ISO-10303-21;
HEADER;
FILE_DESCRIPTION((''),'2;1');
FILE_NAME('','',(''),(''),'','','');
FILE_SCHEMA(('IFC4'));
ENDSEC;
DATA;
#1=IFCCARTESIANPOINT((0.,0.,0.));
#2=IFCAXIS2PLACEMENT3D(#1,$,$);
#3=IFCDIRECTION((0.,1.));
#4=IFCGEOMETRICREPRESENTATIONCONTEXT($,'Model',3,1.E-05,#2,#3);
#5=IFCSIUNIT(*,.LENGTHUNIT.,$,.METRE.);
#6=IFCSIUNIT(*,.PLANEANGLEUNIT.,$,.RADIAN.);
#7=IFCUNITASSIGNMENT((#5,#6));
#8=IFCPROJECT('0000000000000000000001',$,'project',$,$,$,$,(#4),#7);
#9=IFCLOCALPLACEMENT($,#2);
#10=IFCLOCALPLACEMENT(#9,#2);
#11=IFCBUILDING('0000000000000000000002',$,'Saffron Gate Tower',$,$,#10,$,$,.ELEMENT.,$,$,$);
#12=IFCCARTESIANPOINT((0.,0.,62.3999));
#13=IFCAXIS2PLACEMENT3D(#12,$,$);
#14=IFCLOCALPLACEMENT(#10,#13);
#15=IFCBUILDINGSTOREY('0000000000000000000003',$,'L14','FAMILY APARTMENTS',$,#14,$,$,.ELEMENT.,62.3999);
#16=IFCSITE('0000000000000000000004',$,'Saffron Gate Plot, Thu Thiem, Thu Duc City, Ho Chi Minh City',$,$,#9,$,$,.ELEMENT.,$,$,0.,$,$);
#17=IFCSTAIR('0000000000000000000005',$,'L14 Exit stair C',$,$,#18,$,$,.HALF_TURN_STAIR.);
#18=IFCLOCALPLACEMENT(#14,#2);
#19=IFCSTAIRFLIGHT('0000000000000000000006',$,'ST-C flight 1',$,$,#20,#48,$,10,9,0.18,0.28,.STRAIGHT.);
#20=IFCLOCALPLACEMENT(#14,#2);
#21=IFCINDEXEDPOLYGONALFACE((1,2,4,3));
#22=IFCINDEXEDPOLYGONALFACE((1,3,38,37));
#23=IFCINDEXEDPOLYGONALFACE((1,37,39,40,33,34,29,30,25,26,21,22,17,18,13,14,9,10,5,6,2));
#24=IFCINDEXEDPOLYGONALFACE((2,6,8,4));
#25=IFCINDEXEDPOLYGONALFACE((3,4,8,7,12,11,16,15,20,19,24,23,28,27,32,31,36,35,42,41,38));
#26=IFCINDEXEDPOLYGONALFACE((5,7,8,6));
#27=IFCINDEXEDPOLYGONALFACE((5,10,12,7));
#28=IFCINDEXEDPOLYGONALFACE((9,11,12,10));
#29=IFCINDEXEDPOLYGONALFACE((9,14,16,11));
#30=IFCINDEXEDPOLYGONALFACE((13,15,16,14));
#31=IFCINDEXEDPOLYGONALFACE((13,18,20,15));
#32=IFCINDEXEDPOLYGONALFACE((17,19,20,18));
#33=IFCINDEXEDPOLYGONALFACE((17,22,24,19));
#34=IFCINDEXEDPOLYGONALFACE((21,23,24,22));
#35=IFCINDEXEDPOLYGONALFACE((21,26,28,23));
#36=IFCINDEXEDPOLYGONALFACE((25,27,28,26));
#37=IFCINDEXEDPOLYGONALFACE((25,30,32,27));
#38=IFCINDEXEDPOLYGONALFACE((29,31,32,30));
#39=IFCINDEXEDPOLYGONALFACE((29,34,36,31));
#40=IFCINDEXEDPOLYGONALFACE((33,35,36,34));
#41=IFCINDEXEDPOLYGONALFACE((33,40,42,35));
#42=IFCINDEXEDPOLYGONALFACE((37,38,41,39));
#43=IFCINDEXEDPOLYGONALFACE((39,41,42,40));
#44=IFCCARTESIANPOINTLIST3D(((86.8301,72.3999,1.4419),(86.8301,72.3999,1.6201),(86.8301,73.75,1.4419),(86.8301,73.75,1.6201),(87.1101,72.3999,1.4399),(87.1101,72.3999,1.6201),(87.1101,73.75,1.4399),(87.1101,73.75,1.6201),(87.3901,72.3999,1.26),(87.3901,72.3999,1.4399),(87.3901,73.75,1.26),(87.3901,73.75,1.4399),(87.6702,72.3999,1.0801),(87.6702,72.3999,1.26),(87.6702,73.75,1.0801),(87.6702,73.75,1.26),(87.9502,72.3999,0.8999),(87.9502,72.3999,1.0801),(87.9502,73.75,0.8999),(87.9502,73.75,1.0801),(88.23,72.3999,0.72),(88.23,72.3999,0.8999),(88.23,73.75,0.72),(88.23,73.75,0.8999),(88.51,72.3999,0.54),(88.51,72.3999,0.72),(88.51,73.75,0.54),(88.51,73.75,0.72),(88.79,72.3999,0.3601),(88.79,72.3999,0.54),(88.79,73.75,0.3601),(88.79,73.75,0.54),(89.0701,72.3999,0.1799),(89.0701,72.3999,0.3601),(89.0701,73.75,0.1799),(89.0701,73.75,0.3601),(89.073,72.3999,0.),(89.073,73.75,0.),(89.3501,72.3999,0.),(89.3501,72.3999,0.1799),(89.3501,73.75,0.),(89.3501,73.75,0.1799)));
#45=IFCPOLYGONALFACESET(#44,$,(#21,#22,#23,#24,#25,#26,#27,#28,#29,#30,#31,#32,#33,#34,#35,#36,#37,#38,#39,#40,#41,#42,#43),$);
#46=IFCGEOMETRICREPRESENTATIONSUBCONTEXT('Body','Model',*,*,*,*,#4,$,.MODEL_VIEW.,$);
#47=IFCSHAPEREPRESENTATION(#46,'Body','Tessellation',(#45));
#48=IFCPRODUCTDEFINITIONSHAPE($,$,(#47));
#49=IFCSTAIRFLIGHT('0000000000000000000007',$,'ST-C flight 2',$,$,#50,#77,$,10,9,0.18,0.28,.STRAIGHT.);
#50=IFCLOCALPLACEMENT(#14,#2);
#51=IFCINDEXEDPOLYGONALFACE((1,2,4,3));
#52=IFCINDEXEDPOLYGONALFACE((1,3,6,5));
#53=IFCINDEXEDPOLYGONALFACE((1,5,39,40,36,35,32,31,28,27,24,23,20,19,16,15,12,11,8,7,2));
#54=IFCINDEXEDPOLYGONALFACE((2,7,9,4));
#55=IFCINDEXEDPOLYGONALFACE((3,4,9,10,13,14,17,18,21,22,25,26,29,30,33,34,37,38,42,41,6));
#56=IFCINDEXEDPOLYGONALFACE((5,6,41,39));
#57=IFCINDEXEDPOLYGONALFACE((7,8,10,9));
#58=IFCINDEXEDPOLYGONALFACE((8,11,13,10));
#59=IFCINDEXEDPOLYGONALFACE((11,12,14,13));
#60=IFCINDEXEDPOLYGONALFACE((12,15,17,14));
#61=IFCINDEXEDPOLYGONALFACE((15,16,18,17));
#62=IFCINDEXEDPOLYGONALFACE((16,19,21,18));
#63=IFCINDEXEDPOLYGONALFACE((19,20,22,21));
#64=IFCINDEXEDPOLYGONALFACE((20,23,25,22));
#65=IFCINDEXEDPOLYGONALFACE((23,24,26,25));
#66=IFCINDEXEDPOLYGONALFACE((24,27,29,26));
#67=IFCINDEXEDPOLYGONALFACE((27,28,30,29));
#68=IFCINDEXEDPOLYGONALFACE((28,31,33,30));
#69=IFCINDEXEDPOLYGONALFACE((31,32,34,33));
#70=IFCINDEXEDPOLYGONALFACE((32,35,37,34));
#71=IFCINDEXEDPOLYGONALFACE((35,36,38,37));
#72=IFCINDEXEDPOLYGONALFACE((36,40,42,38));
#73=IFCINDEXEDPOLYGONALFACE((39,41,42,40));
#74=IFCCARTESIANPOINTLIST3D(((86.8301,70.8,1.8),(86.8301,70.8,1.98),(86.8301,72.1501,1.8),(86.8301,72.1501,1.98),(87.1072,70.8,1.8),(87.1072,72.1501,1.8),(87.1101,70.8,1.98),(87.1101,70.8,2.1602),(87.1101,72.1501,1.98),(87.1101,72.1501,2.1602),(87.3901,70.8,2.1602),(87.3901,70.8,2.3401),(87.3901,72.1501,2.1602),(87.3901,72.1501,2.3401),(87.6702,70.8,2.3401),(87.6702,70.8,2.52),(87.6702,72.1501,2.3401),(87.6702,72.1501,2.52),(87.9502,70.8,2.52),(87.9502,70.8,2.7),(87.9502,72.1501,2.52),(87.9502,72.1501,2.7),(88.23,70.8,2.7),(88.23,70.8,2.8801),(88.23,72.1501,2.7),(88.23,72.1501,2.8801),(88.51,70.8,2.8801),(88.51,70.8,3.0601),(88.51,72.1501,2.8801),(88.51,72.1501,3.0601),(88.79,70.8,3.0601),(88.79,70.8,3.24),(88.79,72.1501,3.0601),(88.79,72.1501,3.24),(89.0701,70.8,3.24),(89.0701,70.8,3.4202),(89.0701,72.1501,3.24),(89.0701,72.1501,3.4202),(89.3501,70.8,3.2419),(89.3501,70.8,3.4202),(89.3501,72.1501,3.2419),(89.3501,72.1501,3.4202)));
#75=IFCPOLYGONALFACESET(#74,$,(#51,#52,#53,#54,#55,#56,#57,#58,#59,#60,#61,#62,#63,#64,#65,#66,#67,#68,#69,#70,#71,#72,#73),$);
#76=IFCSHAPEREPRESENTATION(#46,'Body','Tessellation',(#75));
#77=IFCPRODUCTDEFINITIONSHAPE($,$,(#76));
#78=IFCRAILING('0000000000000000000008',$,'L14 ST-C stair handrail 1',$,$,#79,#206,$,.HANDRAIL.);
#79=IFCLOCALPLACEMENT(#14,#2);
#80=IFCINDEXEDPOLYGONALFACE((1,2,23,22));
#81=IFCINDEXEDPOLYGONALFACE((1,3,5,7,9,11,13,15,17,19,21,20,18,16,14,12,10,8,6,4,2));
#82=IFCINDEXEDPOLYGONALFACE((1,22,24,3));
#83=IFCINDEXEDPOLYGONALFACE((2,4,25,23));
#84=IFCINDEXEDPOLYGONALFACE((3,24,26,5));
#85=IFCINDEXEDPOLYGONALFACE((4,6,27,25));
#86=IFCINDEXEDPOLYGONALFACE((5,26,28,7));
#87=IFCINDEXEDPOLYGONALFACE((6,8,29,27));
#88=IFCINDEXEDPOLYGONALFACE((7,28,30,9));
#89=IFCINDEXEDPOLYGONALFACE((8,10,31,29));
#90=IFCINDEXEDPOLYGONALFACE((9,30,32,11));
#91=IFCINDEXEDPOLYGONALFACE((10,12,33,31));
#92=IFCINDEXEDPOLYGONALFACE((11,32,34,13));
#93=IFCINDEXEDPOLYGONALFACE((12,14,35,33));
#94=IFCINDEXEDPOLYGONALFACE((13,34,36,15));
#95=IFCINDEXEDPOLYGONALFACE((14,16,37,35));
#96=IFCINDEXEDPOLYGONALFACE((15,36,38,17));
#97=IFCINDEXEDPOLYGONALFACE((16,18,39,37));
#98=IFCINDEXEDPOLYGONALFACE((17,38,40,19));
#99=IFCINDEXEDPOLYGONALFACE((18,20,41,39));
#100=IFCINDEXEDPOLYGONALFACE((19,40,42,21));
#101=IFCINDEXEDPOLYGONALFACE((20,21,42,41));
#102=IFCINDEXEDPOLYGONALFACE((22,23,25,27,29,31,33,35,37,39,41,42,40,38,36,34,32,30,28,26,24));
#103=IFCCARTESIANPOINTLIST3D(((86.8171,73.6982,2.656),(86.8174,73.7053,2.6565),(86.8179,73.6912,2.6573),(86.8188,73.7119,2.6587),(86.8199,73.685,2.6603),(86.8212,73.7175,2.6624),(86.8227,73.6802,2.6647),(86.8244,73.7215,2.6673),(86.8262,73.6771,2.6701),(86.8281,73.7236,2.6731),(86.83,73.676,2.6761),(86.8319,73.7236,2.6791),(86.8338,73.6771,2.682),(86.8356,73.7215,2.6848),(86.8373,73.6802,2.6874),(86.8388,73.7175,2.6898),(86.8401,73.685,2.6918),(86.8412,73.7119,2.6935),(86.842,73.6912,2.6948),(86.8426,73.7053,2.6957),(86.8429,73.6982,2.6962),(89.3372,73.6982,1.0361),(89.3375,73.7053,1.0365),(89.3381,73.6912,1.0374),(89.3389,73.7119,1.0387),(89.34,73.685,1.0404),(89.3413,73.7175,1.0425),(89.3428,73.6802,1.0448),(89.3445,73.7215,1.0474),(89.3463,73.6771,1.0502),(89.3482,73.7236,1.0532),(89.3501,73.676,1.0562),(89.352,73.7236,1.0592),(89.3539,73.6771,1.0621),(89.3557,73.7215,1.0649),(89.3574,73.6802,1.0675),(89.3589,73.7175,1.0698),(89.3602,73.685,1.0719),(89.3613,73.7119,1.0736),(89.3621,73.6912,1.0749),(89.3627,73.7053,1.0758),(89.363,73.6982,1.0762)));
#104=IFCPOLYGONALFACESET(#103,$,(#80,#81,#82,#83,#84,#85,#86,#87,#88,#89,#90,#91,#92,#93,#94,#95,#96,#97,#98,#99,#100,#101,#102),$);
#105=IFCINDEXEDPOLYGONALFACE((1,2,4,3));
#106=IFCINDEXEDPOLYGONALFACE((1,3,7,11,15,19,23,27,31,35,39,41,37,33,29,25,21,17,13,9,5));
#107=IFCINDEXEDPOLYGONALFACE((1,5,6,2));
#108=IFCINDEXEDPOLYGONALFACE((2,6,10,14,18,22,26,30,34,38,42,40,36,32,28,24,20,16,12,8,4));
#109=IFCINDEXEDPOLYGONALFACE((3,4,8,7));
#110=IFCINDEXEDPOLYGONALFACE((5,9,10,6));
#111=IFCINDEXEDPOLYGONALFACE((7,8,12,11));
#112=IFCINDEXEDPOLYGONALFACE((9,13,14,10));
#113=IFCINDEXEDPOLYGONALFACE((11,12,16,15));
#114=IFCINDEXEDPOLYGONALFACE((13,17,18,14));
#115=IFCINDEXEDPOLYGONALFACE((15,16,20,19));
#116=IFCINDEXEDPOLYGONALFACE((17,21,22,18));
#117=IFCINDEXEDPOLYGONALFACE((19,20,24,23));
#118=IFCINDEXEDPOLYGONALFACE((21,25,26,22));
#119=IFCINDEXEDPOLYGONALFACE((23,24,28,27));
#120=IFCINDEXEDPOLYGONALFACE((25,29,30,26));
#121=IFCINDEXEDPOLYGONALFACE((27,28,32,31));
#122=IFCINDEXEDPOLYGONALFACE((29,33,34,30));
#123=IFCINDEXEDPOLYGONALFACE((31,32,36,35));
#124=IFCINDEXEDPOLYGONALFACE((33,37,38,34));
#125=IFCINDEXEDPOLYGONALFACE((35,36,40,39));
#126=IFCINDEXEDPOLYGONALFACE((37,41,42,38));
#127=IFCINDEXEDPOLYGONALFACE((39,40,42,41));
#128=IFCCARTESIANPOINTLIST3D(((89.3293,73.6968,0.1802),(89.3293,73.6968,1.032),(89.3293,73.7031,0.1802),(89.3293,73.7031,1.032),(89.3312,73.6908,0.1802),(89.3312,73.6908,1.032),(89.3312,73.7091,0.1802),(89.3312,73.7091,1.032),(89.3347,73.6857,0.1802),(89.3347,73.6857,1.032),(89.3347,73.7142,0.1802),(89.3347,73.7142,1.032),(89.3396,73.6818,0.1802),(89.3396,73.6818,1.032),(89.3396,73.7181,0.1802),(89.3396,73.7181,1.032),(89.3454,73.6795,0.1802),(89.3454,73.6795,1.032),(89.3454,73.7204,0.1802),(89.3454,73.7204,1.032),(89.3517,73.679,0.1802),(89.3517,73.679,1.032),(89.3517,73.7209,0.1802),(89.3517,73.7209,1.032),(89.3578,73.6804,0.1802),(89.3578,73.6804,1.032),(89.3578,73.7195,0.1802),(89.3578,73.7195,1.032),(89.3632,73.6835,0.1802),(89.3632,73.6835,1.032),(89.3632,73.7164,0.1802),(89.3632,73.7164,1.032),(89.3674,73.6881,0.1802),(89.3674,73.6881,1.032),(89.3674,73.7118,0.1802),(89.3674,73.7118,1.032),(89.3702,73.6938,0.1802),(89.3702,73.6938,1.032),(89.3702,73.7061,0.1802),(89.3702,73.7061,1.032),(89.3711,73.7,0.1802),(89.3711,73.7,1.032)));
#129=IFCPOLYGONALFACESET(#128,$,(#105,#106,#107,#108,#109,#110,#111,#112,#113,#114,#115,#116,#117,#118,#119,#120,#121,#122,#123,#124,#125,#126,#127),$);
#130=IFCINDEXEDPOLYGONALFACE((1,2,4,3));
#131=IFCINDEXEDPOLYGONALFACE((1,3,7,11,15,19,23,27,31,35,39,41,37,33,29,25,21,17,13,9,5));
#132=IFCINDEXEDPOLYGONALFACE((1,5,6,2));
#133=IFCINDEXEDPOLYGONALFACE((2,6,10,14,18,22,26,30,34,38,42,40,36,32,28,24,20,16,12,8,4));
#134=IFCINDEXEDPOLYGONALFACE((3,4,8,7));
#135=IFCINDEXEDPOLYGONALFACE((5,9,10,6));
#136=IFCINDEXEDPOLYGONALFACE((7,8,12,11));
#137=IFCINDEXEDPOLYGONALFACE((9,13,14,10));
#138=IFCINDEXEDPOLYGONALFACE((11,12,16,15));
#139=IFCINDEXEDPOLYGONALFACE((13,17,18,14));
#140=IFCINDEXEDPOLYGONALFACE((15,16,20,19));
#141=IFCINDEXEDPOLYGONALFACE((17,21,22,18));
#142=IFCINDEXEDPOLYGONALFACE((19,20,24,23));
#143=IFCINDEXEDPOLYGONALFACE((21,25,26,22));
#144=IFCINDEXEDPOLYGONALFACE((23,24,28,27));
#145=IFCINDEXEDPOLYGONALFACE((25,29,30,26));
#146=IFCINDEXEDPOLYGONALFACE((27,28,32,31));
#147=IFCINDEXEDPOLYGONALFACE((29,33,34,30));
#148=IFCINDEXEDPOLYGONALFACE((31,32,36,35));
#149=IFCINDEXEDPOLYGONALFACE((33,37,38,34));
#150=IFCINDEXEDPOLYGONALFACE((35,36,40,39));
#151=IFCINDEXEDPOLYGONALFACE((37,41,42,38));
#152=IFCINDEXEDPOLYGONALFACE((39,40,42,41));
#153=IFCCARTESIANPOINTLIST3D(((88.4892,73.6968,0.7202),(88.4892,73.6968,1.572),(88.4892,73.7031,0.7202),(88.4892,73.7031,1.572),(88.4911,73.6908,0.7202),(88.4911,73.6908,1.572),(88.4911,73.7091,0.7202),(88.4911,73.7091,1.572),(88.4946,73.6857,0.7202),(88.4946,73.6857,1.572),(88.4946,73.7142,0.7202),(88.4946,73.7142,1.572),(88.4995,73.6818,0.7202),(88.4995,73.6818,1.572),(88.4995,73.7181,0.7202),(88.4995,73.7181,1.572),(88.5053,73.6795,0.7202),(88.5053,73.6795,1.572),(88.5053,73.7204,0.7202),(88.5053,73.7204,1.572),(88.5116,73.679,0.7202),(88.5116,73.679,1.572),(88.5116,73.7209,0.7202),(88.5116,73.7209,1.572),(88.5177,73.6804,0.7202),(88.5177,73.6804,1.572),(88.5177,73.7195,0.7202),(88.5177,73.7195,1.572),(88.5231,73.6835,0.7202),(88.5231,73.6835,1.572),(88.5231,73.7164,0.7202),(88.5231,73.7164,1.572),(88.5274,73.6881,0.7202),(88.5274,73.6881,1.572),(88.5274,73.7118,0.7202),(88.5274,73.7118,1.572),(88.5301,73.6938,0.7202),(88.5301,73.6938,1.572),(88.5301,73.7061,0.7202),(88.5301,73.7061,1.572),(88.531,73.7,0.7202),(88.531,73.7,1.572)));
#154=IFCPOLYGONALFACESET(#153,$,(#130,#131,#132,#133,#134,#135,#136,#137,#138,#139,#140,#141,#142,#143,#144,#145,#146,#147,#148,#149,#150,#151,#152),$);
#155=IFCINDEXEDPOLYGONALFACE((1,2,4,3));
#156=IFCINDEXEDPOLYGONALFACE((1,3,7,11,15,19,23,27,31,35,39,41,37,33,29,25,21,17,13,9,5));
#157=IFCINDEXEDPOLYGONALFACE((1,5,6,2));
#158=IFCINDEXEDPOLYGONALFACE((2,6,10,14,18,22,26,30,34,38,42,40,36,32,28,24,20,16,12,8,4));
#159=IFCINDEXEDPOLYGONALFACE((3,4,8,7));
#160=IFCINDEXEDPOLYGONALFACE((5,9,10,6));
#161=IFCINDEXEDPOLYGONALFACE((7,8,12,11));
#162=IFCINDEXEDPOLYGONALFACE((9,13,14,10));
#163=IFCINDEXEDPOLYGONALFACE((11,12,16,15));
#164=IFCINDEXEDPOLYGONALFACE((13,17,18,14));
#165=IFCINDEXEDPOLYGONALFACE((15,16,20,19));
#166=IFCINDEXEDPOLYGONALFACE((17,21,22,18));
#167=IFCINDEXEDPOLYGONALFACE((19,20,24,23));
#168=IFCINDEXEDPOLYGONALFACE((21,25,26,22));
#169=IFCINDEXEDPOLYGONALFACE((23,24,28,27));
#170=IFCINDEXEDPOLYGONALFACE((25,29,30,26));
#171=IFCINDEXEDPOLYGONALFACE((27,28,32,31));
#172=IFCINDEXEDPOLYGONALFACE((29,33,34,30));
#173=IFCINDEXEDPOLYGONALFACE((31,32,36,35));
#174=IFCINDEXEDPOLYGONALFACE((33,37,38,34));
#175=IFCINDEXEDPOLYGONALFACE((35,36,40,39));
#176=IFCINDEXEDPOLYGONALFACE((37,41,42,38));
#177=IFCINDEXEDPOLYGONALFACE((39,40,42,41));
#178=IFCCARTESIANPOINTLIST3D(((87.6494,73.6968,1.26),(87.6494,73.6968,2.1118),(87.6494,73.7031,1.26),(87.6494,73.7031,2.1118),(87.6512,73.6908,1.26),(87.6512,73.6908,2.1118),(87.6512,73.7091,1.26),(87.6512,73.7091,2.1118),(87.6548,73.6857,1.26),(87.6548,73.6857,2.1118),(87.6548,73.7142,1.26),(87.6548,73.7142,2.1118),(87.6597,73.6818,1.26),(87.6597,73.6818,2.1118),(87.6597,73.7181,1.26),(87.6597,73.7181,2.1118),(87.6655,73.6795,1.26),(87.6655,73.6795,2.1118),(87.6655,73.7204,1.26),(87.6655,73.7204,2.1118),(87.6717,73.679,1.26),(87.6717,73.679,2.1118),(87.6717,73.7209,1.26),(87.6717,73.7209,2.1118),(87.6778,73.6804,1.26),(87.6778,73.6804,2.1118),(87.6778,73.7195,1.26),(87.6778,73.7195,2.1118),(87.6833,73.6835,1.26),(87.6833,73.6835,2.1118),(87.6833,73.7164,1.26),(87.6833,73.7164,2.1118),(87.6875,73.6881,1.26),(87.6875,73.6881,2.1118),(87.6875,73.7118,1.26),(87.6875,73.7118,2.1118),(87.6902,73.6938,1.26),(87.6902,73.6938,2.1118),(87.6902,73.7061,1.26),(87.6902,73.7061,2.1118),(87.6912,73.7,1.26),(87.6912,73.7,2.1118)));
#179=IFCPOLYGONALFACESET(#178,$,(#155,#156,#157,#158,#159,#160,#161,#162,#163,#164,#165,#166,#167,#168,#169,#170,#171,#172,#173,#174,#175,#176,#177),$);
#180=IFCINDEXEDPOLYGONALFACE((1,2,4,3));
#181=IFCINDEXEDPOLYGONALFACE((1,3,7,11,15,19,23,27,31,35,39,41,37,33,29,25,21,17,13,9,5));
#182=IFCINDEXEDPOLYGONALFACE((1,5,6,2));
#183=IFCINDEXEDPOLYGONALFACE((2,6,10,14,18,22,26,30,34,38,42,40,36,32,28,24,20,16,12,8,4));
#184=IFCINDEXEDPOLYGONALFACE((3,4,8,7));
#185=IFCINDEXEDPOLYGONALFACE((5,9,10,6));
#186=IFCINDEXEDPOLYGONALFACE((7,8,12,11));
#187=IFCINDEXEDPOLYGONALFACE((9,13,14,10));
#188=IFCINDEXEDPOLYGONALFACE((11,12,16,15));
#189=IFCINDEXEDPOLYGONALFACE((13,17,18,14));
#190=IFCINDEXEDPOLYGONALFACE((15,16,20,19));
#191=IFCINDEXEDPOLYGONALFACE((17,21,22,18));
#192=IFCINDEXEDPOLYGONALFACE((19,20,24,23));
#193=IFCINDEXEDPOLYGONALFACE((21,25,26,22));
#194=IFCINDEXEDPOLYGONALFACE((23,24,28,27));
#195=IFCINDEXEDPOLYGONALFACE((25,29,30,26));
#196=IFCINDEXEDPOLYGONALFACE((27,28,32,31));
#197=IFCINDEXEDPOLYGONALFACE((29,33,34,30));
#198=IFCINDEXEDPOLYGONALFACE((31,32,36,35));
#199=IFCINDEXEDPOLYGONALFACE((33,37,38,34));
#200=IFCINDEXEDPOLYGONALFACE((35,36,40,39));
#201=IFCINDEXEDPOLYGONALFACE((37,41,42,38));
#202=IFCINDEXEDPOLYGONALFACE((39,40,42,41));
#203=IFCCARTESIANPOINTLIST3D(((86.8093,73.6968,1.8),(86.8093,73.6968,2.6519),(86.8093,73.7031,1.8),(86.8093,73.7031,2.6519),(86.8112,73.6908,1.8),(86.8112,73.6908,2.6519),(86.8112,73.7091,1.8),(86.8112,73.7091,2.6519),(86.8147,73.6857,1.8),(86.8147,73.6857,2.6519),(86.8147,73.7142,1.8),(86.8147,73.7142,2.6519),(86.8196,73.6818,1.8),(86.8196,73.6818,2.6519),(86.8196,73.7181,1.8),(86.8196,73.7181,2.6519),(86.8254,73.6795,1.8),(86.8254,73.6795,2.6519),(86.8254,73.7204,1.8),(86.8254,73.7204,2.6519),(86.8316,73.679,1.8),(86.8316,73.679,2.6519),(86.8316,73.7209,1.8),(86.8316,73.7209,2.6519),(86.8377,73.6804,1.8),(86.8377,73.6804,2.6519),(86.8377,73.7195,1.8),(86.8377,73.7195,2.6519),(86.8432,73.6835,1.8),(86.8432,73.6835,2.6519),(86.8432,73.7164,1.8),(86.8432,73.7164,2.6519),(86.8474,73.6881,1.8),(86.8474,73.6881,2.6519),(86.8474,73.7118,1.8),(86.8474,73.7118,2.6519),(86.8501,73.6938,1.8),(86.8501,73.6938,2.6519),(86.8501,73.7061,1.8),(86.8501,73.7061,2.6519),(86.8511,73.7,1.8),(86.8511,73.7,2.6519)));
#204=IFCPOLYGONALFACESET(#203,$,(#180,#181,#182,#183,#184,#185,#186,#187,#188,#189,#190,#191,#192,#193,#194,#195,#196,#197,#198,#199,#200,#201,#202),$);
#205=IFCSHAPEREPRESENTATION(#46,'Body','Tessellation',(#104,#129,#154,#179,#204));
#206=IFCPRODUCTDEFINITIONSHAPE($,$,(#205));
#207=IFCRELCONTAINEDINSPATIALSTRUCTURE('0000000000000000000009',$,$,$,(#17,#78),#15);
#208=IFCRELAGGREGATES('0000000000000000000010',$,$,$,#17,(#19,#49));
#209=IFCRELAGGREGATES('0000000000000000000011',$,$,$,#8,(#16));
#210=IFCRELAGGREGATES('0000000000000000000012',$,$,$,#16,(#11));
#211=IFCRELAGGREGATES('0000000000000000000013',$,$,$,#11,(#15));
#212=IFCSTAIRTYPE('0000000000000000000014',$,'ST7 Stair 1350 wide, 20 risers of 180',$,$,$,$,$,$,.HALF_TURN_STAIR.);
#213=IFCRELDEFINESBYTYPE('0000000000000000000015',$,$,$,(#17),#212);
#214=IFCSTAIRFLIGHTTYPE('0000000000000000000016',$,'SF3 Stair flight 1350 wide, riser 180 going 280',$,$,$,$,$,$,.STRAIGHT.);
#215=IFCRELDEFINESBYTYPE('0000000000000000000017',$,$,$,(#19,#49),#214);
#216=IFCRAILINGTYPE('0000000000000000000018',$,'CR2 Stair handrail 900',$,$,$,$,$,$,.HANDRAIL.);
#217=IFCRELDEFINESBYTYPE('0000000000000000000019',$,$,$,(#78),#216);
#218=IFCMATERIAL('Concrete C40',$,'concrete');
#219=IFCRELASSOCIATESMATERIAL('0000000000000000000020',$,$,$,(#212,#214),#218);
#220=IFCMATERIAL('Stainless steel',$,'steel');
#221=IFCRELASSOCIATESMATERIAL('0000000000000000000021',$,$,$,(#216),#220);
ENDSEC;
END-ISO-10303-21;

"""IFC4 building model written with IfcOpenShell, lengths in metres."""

from ifc_helpers import new_model, si_unit, direction, frame, origin, origin_2d, place, context, subcontext, project, spatial, polyline, circle, outline, extrude, material, type_object, element, aggregate, save


model = new_model("IFC4")

# Units and contexts
model_context = context("Model", 3, precision=1e-05, world=origin(), true_north=direction((0.0, 1.0)))
body_context = subcontext(model_context, "Body", "Model", "MODEL_VIEW")
ifc_project = project(units=[si_unit("LENGTHUNIT", "METRE"), si_unit("PLANEANGLEUNIT", "RADIAN")], contexts=[model_context])

# Site, building, storey
site_placement = place(None, origin())
site = spatial("IfcSite", under=ifc_project, at=site_placement, Name="Saffron Gate Plot, Thu Thiem, Thu Duc City, Ho Chi Minh City", CompositionType="ELEMENT", RefElevation=0.0)
building_placement = place(site_placement, origin())
building = spatial("IfcBuilding", under=site, at=building_placement, Name="Saffron Gate Tower", CompositionType="ELEMENT")
storey_placement = place(building_placement, frame((0.0, 0.0, 62.3999)))
storey = spatial("IfcBuildingStorey", under=building, at=storey_placement, Name="L14", Description="FAMILY APARTMENTS", CompositionType="ELEMENT", Elevation=62.3999)

# Stair, stair flights
ifc_material_1 = material(Name="Concrete C40", Category="concrete")
stair_type = type_object("IfcStairType", Name="ST7 Stair 1350 wide, 20 risers of 180", PredefinedType="HALF_TURN_STAIR", material=ifc_material_1)
stair_placement = place(storey_placement, origin())
stair = element("IfcStair", 1, at=stair_placement, inside=storey, type_object=stair_type, Name="L14 Exit stair C", PredefinedType="HALF_TURN_STAIR")
stair_flight_type = type_object("IfcStairFlightType", Name="SF3 Stair flight 1350 wide, riser 180 going 280", PredefinedType="STRAIGHT", material=ifc_material_1)
stair_flight_1_placement = place(storey_placement, frame((89.3501, 73.075, 0.0), z_axis=(0.0, 0.0, 1.0), x_axis=(-1.0, 0.0, 0.0)))
stair_flight_1 = element("IfcStairFlight", 2, at=stair_flight_1_placement, type_object=stair_flight_type, Name="ST-C flight 1", NumberOfRisers=10, NumberOfTreads=9, PredefinedType="STRAIGHT", RiserHeight=0.18, TreadLength=0.28, context=body_context, shape_type="SweptSolid", body=[
    extrude(outline(polyline([(0.0, 0.0), (0.0, 0.1799), (0.28, 0.1799), (0.28, 0.3601), (0.5601, 0.3601), (0.5601, 0.54), (0.8401, 0.54), (0.8401, 0.72), (1.1201, 0.72), (1.1201, 0.8999), (1.3999, 0.8999), (1.3999, 1.0801), (1.6799, 1.0801), (1.6799, 1.26), (1.96, 1.26), (1.96, 1.4399), (2.24, 1.4399), (2.24, 1.6201), (2.52, 1.6201), (2.52, 1.8), (2.52, 1.4419), (0.2771, 0.0), (0.0, 0.0)])), frame((0.0, 0.675, 0.0), z_axis=(0.0, -1.0, 0.0), x_axis=(1.0, 0.0, 0.0)), (0.0, 0.0, 1.0), 1.3501),
])
stair_flight_2_placement = place(storey_placement, frame((86.8301, 71.4751, 1.8), z_axis=(0.0, 0.0, 1.0), x_axis=(1.0, 0.0, 0.0)))
stair_flight_2 = element("IfcStairFlight", 3, at=stair_flight_2_placement, type_object=stair_flight_type, Name="ST-C flight 2", NumberOfRisers=10, NumberOfTreads=9, PredefinedType="STRAIGHT", RiserHeight=0.18, TreadLength=0.28, context=body_context, shape_type="SweptSolid", body=[
    extrude(outline(polyline([(0.0, 0.0), (0.0, 0.1799), (0.28, 0.1799), (0.28, 0.3601), (0.5601, 0.3601), (0.5601, 0.54), (0.8401, 0.54), (0.8401, 0.72), (1.1201, 0.72), (1.1201, 0.8999), (1.3999, 0.8999), (1.3999, 1.0801), (1.6799, 1.0801), (1.6799, 1.26), (1.96, 1.26), (1.96, 1.4399), (2.24, 1.4399), (2.24, 1.6201), (2.52, 1.6201), (2.52, 1.8), (2.52, 1.4419), (0.2771, 0.0), (0.0, 0.0)])), frame((0.0, 0.675, 0.0), z_axis=(0.0, -1.0, 0.0), x_axis=(1.0, 0.0, 0.0)), (0.0, 0.0, 1.0), 1.3501),
])
aggregate(stair, [stair_flight_1, stair_flight_2])

# Railing
ifc_material_2 = material(Name="Stainless steel", Category="steel")
railing_type_1 = type_object("IfcRailingType", Name="CR2 Stair handrail 900", PredefinedType="HANDRAIL", material=ifc_material_2)
railing_1_placement = place(storey_placement, frame((89.3501, 73.7, 0.1802)))
element("IfcRailing", 4, at=railing_1_placement, inside=storey, type_object=railing_type_1, Name="L14 ST-C stair handrail 1", PredefinedType="HANDRAIL", context=body_context, shape_type="SweptSolid", body=[
    extrude(circle(Radius=0.0239, at=origin_2d()), frame((0.0, 0.0, 0.876), z_axis=(-0.8412, 0.0, 0.540725), x_axis=(0.0, -1.0, 0.0)), (0.0, 0.0, 1.0), 2.9958),
    extrude(circle(Radius=0.021, at=origin_2d()), origin(), (0.0, 0.0, 1.0), 0.8518),
    extrude(circle(Radius=0.021, at=origin_2d()), frame((-0.8401, 0.0, 0.54)), (0.0, 0.0, 1.0), 0.8518),
    extrude(circle(Radius=0.021, at=origin_2d()), frame((-1.6799, 0.0, 1.0798)), (0.0, 0.0, 1.0), 0.8518),
    extrude(circle(Radius=0.021, at=origin_2d()), frame((-2.52, 0.0, 1.6199)), (0.0, 0.0, 1.0), 0.8518),
])

save(model, "model.ifc")
